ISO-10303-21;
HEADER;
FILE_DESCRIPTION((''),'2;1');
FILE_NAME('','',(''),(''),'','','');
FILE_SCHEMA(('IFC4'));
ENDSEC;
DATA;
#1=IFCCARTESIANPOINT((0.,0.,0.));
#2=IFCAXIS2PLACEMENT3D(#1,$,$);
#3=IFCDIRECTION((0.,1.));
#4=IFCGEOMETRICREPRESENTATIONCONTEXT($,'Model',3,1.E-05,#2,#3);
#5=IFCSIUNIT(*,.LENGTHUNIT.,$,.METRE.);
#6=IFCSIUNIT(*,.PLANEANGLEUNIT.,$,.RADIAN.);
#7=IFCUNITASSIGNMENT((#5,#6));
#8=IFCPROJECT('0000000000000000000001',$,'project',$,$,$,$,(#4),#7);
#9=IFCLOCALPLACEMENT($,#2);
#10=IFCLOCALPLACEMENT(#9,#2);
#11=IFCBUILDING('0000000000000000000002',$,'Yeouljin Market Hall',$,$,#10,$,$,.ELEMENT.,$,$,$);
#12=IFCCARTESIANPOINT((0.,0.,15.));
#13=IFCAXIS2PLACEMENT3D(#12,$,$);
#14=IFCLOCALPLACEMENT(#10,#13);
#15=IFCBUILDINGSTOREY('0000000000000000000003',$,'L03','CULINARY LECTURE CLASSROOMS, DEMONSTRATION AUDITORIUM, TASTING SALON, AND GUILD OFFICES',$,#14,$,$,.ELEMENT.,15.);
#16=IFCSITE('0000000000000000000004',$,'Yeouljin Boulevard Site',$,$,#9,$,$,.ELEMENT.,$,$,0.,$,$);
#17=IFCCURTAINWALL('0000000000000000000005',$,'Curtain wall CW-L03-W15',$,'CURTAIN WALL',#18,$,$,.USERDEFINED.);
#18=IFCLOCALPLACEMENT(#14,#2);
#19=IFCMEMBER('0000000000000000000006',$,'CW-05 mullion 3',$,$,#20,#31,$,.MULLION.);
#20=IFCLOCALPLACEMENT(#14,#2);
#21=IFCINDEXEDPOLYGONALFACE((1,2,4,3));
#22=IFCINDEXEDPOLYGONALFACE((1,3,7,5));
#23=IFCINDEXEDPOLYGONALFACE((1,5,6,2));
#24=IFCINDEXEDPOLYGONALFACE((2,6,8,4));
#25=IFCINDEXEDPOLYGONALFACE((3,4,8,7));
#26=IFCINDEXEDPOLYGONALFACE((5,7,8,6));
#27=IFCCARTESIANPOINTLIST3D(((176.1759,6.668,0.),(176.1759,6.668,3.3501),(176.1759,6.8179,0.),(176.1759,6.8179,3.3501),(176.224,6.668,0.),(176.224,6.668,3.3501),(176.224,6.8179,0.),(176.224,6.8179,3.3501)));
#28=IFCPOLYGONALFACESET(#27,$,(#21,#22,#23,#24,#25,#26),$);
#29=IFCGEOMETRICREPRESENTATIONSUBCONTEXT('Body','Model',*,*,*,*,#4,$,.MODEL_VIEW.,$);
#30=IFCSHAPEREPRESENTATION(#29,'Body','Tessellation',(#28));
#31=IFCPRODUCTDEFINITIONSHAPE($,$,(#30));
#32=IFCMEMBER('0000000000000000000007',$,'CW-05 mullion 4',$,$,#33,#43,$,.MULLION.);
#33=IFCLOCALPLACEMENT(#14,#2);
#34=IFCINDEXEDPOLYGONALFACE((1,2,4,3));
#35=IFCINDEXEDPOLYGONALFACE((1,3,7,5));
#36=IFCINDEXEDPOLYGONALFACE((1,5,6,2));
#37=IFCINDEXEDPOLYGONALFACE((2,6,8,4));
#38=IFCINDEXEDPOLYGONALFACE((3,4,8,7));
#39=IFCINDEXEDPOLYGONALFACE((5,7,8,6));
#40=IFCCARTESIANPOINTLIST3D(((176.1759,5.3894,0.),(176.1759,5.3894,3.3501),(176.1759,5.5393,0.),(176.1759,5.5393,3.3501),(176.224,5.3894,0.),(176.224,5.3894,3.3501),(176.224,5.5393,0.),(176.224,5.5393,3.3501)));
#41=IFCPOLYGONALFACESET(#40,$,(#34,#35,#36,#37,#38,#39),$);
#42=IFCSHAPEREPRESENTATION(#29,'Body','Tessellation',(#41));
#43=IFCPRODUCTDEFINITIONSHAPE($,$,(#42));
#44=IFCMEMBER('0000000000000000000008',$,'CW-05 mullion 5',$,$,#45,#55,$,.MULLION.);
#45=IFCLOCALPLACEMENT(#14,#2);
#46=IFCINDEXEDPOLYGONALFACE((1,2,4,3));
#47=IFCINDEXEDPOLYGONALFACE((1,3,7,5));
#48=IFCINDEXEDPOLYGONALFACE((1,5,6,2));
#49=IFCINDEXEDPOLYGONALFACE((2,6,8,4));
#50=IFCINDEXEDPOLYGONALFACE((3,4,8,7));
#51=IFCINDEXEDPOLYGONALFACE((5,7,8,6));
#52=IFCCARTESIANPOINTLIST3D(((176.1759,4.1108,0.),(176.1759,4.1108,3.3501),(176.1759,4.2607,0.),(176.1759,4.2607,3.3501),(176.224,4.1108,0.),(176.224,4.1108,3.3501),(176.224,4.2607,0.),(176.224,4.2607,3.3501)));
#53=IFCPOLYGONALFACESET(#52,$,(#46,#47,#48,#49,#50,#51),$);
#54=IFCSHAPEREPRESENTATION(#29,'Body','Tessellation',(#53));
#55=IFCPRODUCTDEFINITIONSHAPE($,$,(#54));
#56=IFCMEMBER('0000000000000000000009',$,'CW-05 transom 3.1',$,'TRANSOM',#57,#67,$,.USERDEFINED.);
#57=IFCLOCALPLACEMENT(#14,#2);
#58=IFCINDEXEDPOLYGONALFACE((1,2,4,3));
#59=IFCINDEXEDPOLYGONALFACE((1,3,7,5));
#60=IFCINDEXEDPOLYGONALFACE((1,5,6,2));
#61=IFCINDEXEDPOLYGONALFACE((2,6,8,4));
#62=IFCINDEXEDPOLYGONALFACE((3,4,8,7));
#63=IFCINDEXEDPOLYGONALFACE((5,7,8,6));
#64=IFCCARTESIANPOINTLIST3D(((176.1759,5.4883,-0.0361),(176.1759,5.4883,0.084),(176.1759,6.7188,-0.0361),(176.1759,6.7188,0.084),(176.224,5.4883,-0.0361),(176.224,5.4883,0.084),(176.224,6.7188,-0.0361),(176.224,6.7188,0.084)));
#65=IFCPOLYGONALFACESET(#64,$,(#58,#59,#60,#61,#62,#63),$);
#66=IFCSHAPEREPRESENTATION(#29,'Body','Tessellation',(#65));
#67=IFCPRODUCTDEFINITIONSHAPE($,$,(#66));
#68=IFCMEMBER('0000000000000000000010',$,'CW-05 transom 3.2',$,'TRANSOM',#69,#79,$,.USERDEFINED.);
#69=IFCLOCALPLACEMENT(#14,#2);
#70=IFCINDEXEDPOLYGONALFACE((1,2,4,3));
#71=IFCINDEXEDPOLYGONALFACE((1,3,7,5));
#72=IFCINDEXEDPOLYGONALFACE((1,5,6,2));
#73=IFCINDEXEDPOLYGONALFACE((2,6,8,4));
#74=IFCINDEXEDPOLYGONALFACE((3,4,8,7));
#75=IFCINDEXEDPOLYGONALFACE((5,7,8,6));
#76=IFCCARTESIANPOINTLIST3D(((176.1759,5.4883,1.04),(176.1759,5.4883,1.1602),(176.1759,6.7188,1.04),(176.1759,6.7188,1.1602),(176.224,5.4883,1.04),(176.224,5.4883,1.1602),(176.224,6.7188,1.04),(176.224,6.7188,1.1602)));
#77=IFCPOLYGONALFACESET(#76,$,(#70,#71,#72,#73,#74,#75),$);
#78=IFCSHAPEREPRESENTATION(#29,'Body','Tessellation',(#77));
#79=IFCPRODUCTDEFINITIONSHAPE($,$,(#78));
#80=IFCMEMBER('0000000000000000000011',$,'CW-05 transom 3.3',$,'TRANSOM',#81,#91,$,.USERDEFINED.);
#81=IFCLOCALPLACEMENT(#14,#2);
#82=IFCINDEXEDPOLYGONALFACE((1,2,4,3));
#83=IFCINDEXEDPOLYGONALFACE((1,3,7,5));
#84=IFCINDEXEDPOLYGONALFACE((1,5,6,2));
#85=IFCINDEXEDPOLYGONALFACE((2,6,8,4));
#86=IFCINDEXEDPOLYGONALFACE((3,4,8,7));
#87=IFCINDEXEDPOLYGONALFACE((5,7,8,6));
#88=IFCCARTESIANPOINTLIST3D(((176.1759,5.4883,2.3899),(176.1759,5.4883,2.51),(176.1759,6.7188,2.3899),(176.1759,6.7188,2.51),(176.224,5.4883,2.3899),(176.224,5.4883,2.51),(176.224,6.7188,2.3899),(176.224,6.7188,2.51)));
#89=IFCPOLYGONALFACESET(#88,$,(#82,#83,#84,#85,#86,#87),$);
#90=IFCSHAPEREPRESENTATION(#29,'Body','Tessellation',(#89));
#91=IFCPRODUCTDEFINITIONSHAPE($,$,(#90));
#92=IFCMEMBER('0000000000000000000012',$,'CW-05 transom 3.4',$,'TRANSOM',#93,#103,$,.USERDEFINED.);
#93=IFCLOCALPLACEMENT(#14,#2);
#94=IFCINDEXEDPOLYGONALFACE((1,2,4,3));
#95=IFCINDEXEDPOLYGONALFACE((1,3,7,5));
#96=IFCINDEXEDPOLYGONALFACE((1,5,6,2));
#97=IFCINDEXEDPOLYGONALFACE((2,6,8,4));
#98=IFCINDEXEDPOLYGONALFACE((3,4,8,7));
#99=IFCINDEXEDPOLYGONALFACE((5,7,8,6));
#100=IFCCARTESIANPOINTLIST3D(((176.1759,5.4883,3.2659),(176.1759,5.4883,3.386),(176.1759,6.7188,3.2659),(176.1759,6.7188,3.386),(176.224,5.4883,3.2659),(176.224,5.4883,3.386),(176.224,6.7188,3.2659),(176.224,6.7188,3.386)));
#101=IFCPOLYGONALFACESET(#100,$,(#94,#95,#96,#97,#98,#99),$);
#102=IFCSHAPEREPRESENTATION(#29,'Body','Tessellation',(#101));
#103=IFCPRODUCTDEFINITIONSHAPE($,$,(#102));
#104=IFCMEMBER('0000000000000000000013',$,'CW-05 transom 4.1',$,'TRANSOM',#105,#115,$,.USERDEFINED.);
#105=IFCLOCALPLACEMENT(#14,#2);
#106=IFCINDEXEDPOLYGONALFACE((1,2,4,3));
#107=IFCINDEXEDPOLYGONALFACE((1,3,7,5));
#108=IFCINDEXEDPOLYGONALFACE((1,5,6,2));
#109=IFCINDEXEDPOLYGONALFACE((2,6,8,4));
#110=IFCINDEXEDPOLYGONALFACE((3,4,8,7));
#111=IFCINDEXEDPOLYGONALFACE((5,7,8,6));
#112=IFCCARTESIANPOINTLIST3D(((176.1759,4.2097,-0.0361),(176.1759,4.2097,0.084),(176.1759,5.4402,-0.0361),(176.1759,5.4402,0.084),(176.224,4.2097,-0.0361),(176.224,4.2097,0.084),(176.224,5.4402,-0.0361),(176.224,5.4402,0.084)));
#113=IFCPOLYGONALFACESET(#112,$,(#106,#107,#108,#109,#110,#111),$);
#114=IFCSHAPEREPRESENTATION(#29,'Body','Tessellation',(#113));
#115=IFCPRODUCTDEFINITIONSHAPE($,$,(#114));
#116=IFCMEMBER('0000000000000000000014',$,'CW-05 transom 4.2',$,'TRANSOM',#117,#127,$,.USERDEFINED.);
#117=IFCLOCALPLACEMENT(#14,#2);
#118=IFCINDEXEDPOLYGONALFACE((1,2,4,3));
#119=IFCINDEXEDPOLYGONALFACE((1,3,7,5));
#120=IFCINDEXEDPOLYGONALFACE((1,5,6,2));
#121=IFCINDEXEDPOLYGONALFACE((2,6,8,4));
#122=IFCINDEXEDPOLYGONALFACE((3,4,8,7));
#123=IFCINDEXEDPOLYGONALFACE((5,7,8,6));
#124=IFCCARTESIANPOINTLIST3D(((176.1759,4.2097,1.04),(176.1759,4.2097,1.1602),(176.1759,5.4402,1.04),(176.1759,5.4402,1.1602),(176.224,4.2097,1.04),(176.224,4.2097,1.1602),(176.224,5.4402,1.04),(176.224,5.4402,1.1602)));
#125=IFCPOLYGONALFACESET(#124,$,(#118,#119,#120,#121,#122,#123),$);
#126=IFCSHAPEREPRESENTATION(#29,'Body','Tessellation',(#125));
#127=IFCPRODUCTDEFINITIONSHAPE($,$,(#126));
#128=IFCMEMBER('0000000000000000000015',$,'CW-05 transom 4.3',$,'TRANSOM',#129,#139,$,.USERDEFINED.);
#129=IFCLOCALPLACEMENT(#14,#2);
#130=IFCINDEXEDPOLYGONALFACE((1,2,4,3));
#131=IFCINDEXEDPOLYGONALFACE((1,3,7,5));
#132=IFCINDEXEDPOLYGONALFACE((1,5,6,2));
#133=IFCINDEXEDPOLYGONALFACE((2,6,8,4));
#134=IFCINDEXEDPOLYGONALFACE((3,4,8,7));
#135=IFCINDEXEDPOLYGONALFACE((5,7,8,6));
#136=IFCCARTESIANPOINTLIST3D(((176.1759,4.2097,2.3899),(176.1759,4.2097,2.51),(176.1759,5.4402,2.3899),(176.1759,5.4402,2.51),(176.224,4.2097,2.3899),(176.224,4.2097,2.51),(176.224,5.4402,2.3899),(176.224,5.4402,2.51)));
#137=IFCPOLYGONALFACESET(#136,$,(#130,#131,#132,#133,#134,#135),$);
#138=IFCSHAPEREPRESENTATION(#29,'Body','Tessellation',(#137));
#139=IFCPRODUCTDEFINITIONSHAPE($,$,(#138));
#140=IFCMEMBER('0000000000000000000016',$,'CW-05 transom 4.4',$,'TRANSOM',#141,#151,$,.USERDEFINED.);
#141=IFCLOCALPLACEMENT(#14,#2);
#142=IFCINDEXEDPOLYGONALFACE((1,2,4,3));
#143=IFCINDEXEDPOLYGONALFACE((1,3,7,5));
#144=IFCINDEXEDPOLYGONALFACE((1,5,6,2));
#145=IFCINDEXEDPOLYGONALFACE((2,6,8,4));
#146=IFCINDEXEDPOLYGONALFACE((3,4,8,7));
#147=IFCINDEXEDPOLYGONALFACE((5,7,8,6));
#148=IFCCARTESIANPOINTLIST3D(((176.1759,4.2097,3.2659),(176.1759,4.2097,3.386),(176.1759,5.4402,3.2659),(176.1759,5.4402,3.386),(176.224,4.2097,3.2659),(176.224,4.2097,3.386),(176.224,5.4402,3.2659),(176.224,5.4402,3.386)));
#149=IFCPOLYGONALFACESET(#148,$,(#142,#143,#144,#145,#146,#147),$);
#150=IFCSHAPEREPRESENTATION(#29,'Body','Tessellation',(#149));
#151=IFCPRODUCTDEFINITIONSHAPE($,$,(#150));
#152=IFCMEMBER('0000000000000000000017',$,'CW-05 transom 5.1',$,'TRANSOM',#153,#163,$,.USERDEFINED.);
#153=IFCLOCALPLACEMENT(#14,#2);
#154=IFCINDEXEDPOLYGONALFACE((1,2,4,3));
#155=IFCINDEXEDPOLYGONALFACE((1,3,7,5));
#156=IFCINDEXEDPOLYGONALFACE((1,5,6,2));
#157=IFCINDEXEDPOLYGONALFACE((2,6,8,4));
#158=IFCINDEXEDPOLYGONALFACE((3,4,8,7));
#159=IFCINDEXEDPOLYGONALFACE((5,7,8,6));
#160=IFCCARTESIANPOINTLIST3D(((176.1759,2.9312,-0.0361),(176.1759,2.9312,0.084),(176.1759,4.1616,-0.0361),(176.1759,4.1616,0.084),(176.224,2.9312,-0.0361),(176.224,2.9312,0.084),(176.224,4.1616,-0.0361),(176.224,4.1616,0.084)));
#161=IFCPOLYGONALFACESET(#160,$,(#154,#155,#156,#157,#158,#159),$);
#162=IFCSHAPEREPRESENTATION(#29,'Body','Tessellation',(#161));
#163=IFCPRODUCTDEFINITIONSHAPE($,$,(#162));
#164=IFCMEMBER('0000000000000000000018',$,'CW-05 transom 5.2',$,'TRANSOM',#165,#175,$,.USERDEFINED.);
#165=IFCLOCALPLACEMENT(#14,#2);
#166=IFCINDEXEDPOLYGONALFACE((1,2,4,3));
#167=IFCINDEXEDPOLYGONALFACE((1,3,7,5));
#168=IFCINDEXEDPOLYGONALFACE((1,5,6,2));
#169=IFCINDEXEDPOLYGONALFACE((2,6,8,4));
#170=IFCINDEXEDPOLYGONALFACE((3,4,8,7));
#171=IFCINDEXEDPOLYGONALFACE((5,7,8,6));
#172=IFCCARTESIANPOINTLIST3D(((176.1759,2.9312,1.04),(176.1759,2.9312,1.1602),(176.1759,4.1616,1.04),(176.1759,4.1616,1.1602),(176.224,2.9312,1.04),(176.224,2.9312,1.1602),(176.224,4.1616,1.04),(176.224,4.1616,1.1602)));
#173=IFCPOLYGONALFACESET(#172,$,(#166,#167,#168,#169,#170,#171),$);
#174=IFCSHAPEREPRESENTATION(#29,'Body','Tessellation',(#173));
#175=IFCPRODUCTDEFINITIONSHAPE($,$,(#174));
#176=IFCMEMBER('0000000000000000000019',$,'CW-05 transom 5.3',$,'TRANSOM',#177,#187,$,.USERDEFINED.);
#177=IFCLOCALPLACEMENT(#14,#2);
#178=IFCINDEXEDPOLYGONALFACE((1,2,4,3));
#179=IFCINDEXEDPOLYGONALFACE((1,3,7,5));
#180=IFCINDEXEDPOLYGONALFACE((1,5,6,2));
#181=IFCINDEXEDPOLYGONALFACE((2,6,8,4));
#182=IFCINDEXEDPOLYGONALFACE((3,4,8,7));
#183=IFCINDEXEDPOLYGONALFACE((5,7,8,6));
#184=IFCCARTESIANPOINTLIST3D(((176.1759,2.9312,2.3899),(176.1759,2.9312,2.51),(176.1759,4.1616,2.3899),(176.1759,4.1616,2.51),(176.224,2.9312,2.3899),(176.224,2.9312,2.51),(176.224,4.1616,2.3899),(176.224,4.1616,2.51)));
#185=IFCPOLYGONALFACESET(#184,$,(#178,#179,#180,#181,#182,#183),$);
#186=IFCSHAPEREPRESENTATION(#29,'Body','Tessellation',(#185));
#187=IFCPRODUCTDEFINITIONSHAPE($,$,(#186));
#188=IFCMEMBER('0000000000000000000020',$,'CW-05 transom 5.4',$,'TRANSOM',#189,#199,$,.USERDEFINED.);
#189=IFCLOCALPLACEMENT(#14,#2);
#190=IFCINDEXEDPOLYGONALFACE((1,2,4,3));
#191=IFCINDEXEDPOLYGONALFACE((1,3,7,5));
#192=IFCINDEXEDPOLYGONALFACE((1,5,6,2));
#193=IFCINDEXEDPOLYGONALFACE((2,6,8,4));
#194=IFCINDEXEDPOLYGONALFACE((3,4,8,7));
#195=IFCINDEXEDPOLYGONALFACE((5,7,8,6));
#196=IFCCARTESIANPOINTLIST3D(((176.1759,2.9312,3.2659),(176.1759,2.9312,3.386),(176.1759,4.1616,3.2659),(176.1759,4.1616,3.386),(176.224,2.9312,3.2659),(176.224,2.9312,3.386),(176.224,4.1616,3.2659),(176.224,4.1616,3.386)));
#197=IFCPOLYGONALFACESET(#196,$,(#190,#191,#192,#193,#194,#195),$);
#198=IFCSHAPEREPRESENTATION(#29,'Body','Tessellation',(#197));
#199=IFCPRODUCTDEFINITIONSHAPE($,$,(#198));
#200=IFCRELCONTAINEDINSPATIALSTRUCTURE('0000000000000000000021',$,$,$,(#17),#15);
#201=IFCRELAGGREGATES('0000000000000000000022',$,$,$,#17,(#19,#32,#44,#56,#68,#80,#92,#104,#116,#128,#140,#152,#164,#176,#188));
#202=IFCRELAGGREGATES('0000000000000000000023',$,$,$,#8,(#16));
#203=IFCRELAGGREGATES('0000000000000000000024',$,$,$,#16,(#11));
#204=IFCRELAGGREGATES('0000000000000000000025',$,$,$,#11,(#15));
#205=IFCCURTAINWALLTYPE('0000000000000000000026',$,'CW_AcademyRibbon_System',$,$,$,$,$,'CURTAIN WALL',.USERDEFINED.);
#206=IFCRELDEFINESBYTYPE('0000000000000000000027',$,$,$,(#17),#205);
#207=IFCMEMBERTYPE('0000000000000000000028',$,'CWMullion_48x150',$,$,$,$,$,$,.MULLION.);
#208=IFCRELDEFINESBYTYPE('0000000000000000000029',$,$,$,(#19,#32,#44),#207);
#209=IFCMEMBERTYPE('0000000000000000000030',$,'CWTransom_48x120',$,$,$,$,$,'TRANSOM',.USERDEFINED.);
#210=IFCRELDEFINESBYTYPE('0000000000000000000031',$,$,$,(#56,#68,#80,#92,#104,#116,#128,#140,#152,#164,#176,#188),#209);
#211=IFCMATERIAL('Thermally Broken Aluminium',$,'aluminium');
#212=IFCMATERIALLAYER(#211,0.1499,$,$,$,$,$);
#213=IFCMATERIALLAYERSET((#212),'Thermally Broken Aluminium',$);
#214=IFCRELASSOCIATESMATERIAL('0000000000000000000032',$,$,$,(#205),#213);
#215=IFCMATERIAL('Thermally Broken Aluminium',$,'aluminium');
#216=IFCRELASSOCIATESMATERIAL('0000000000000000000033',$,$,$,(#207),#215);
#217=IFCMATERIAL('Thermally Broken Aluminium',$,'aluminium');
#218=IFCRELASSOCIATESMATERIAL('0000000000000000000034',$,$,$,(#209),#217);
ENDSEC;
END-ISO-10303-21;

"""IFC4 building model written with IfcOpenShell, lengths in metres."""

from ifc_helpers import new_model, si_unit, direction, frame, origin, origin_2d, place, context, subcontext, project, spatial, rectangle, extrude, material, layer, layer_set, material_profile, profile_set, type_object, element, aggregate, save


model = new_model("IFC4")

# Units and contexts
model_context = context("Model", 3, precision=1e-05, world=origin(), true_north=direction((0.0, 1.0)))
body_context = subcontext(model_context, "Body", "Model", "MODEL_VIEW")
ifc_project = project(units=[si_unit("LENGTHUNIT", "METRE"), si_unit("PLANEANGLEUNIT", "RADIAN")], contexts=[model_context])

# Site, building, storey
site_placement = place(None, origin())
site = spatial("IfcSite", under=ifc_project, at=site_placement, Name="Yeouljin Boulevard Site", CompositionType="ELEMENT", RefElevation=0.0)
building_placement = place(site_placement, origin())
building = spatial("IfcBuilding", under=site, at=building_placement, Name="Yeouljin Market Hall", CompositionType="ELEMENT")
storey_placement = place(building_placement, frame((0.0, 0.0, 15.0)))
storey = spatial("IfcBuildingStorey", under=building, at=storey_placement, Name="L03", Description="CULINARY LECTURE CLASSROOMS, DEMONSTRATION AUDITORIUM, TASTING SALON, AND GUILD OFFICES", CompositionType="ELEMENT", Elevation=15.0)

# Curtain wall, members
ifc_material_1 = material(Name="Thermally Broken Aluminium", Category="aluminium")
ifc_layer_1 = layer(ifc_material_1, 0.1499)
ifc_layer_set_1 = layer_set([ifc_layer_1], Name="Thermally Broken Aluminium")
curtain_wall_type = type_object("IfcCurtainWallType", Name="CW_AcademyRibbon_System", ElementType="CURTAIN WALL", PredefinedType="USERDEFINED", material=ifc_layer_set_1)
curtain_wall_placement = place(storey_placement, origin())
curtain_wall = element("IfcCurtainWall", 1, at=curtain_wall_placement, inside=storey, type_object=curtain_wall_type, Name="Curtain wall CW-L03-W15", ObjectType="CURTAIN WALL", PredefinedType="USERDEFINED")
ifc_material_2 = material(Name="Thermally Broken Aluminium", Category="aluminium")
ifc_material_profile_1 = material_profile(ifc_material_2, rectangle(XDim=0.0481, YDim=0.1499, at=origin_2d()), Name="CW-MULL-48x150")
ifc_profile_set_1 = profile_set([ifc_material_profile_1], Name="Thermally Broken Aluminium")
member_type_1 = type_object("IfcMemberType", Name="CWMullion_48x150", PredefinedType="MULLION", material=ifc_profile_set_1)
member_1_placement = place(storey_placement, frame((176.2, 6.7429, 0.0), z_axis=(0.0, 0.0, 1.0), x_axis=(1.0, 0.0, 0.0)))
member_1 = element("IfcMember", 2, at=member_1_placement, type_object=member_type_1, Name="CW-05 mullion 3", PredefinedType="MULLION", context=body_context, shape_type="SweptSolid", body=[
    extrude(rectangle(XDim=0.0481, YDim=0.1499, at=origin_2d()), origin(), (0.0, 0.0, 1.0), 3.3501),
])
member_2_placement = place(storey_placement, frame((176.2, 5.4644, 0.0), z_axis=(0.0, 0.0, 1.0), x_axis=(1.0, 0.0, 0.0)))
member_2 = element("IfcMember", 3, at=member_2_placement, type_object=member_type_1, Name="CW-05 mullion 4", PredefinedType="MULLION", context=body_context, shape_type="SweptSolid", body=[
    extrude(rectangle(XDim=0.0481, YDim=0.1499, at=origin_2d()), origin(), (0.0, 0.0, 1.0), 3.3501),
])
member_3_placement = place(storey_placement, frame((176.2, 4.1858, 0.0), z_axis=(0.0, 0.0, 1.0), x_axis=(1.0, 0.0, 0.0)))
member_3 = element("IfcMember", 4, at=member_3_placement, type_object=member_type_1, Name="CW-05 mullion 5", PredefinedType="MULLION", context=body_context, shape_type="SweptSolid", body=[
    extrude(rectangle(XDim=0.0481, YDim=0.1499, at=origin_2d()), origin(), (0.0, 0.0, 1.0), 3.3501),
])
ifc_material_3 = material(Name="Thermally Broken Aluminium", Category="aluminium")
ifc_material_profile_2 = material_profile(ifc_material_3, rectangle(XDim=0.0481, YDim=0.1201, at=origin_2d()), Name="CW-TRAN-48x120")
ifc_profile_set_2 = profile_set([ifc_material_profile_2], Name="Thermally Broken Aluminium")
member_type_2 = type_object("IfcMemberType", Name="CWTransom_48x120", ElementType="TRANSOM", PredefinedType="USERDEFINED", material=ifc_profile_set_2)
member_4_placement = place(storey_placement, frame((176.2, 6.7188, 0.0239), z_axis=(0.0, -1.0, 0.0), x_axis=(1.0, 0.0, 0.0)))
member_4 = element("IfcMember", 5, at=member_4_placement, type_object=member_type_2, Name="CW-05 transom 3.1", ObjectType="TRANSOM", PredefinedType="USERDEFINED", context=body_context, shape_type="SweptSolid", body=[
    extrude(rectangle(XDim=0.0481, YDim=0.1201, at=origin_2d()), origin(), (0.0, 0.0, 1.0), 1.2305),
])
member_5_placement = place(storey_placement, frame((176.2, 6.7188, 1.1001), z_axis=(0.0, -1.0, 0.0), x_axis=(1.0, 0.0, 0.0)))
member_5 = element("IfcMember", 6, at=member_5_placement, type_object=member_type_2, Name="CW-05 transom 3.2", ObjectType="TRANSOM", PredefinedType="USERDEFINED", context=body_context, shape_type="SweptSolid", body=[
    extrude(rectangle(XDim=0.0481, YDim=0.1201, at=origin_2d()), origin(), (0.0, 0.0, 1.0), 1.2305),
])
member_6_placement = place(storey_placement, frame((176.2, 6.7188, 2.45), z_axis=(0.0, -1.0, 0.0), x_axis=(1.0, 0.0, 0.0)))
member_6 = element("IfcMember", 7, at=member_6_placement, type_object=member_type_2, Name="CW-05 transom 3.3", ObjectType="TRANSOM", PredefinedType="USERDEFINED", context=body_context, shape_type="SweptSolid", body=[
    extrude(rectangle(XDim=0.0481, YDim=0.1201, at=origin_2d()), origin(), (0.0, 0.0, 1.0), 1.2305),
])
member_7_placement = place(storey_placement, frame((176.2, 6.7188, 3.3259), z_axis=(0.0, -1.0, 0.0), x_axis=(1.0, 0.0, 0.0)))
member_7 = element("IfcMember", 8, at=member_7_placement, type_object=member_type_2, Name="CW-05 transom 3.4", ObjectType="TRANSOM", PredefinedType="USERDEFINED", context=body_context, shape_type="SweptSolid", body=[
    extrude(rectangle(XDim=0.0481, YDim=0.1201, at=origin_2d()), origin(), (0.0, 0.0, 1.0), 1.2305),
])
member_8_placement = place(storey_placement, frame((176.2, 5.4402, 0.0239), z_axis=(0.0, -1.0, 0.0), x_axis=(1.0, 0.0, 0.0)))
member_8 = element("IfcMember", 9, at=member_8_placement, type_object=member_type_2, Name="CW-05 transom 4.1", ObjectType="TRANSOM", PredefinedType="USERDEFINED", context=body_context, shape_type="SweptSolid", body=[
    extrude(rectangle(XDim=0.0481, YDim=0.1201, at=origin_2d()), origin(), (0.0, 0.0, 1.0), 1.2305),
])
member_9_placement = place(storey_placement, frame((176.2, 5.4402, 1.1001), z_axis=(0.0, -1.0, 0.0), x_axis=(1.0, 0.0, 0.0)))
member_9 = element("IfcMember", 10, at=member_9_placement, type_object=member_type_2, Name="CW-05 transom 4.2", ObjectType="TRANSOM", PredefinedType="USERDEFINED", context=body_context, shape_type="SweptSolid", body=[
    extrude(rectangle(XDim=0.0481, YDim=0.1201, at=origin_2d()), origin(), (0.0, 0.0, 1.0), 1.2305),
])
member_10_placement = place(storey_placement, frame((176.2, 5.4402, 2.45), z_axis=(0.0, -1.0, 0.0), x_axis=(1.0, 0.0, 0.0)))
member_10 = element("IfcMember", 11, at=member_10_placement, type_object=member_type_2, Name="CW-05 transom 4.3", ObjectType="TRANSOM", PredefinedType="USERDEFINED", context=body_context, shape_type="SweptSolid", body=[
    extrude(rectangle(XDim=0.0481, YDim=0.1201, at=origin_2d()), origin(), (0.0, 0.0, 1.0), 1.2305),
])
member_11_placement = place(storey_placement, frame((176.2, 5.4402, 3.3259), z_axis=(0.0, -1.0, 0.0), x_axis=(1.0, 0.0, 0.0)))
member_11 = element("IfcMember", 12, at=member_11_placement, type_object=member_type_2, Name="CW-05 transom 4.4", ObjectType="TRANSOM", PredefinedType="USERDEFINED", context=body_context, shape_type="SweptSolid", body=[
    extrude(rectangle(XDim=0.0481, YDim=0.1201, at=origin_2d()), origin(), (0.0, 0.0, 1.0), 1.2305),
])
member_12_placement = place(storey_placement, frame((176.2, 4.1616, 0.0239), z_axis=(0.0, -1.0, 0.0), x_axis=(1.0, 0.0, 0.0)))
member_12 = element("IfcMember", 13, at=member_12_placement, type_object=member_type_2, Name="CW-05 transom 5.1", ObjectType="TRANSOM", PredefinedType="USERDEFINED", context=body_context, shape_type="SweptSolid", body=[
    extrude(rectangle(XDim=0.0481, YDim=0.1201, at=origin_2d()), origin(), (0.0, 0.0, 1.0), 1.2305),
])
member_13_placement = place(storey_placement, frame((176.2, 4.1616, 1.1001), z_axis=(0.0, -1.0, 0.0), x_axis=(1.0, 0.0, 0.0)))
member_13 = element("IfcMember", 14, at=member_13_placement, type_object=member_type_2, Name="CW-05 transom 5.2", ObjectType="TRANSOM", PredefinedType="USERDEFINED", context=body_context, shape_type="SweptSolid", body=[
    extrude(rectangle(XDim=0.0481, YDim=0.1201, at=origin_2d()), origin(), (0.0, 0.0, 1.0), 1.2305),
])
member_14_placement = place(storey_placement, frame((176.2, 4.1616, 2.45), z_axis=(0.0, -1.0, 0.0), x_axis=(1.0, 0.0, 0.0)))
member_14 = element("IfcMember", 15, at=member_14_placement, type_object=member_type_2, Name="CW-05 transom 5.3", ObjectType="TRANSOM", PredefinedType="USERDEFINED", context=body_context, shape_type="SweptSolid", body=[
    extrude(rectangle(XDim=0.0481, YDim=0.1201, at=origin_2d()), origin(), (0.0, 0.0, 1.0), 1.2305),
])
member_15_placement = place(storey_placement, frame((176.2, 4.1616, 3.3259), z_axis=(0.0, -1.0, 0.0), x_axis=(1.0, 0.0, 0.0)))
member_15 = element("IfcMember", 16, at=member_15_placement, type_object=member_type_2, Name="CW-05 transom 5.4", ObjectType="TRANSOM", PredefinedType="USERDEFINED", context=body_context, shape_type="SweptSolid", body=[
    extrude(rectangle(XDim=0.0481, YDim=0.1201, at=origin_2d()), origin(), (0.0, 0.0, 1.0), 1.2305),
])
aggregate(curtain_wall, [member_1, member_2, member_3, member_4, member_5, member_6, member_7, member_8, member_9, member_10, member_11, member_12, member_13, member_14, member_15])

save(model, "model.ifc")
